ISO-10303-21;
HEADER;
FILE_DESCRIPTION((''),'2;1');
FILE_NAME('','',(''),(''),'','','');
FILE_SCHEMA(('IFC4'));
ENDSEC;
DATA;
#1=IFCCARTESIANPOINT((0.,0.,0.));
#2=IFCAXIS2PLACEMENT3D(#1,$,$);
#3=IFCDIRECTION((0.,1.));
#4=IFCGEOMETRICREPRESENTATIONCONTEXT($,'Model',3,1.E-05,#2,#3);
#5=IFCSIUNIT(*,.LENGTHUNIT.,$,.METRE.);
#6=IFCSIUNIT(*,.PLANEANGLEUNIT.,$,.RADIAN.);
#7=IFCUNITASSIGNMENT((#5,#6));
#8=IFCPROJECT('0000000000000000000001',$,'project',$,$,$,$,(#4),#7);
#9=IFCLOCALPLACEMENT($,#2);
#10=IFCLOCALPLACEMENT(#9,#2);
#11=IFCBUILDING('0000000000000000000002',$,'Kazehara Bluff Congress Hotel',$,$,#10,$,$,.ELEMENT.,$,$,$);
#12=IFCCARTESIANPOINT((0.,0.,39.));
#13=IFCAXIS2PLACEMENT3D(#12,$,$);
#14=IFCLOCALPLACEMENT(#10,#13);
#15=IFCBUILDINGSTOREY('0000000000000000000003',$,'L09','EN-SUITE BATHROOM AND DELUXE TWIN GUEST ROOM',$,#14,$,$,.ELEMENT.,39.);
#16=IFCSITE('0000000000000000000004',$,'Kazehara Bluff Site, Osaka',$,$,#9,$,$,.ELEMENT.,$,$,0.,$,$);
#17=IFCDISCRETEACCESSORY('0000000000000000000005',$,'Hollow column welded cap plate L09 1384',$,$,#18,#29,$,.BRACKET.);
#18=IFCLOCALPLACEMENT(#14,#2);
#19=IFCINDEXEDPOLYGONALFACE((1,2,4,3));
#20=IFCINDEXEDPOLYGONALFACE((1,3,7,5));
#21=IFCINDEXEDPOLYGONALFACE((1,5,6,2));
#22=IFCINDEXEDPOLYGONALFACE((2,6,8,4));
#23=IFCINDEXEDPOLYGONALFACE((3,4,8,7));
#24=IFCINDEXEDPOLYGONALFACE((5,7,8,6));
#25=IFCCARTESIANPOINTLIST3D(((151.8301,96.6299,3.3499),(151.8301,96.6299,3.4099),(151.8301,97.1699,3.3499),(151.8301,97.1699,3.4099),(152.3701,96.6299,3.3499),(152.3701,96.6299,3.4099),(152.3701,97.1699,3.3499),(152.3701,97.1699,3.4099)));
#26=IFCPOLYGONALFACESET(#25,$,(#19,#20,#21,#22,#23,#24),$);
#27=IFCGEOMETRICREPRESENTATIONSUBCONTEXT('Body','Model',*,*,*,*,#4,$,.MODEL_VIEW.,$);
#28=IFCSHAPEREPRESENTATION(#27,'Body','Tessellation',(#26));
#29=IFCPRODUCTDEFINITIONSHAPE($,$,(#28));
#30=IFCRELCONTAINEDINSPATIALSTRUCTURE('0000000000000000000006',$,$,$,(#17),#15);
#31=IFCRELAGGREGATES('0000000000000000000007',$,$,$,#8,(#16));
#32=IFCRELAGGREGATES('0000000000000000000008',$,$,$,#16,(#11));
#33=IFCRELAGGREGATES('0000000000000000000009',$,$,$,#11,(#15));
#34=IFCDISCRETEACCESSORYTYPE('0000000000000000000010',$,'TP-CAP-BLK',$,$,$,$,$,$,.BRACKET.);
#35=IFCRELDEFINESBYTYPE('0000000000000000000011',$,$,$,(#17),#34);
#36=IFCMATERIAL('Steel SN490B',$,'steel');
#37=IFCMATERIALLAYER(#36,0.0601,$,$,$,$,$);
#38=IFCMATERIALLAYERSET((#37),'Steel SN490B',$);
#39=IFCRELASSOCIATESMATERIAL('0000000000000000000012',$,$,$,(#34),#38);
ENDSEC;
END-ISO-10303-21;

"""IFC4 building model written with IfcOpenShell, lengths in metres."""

from ifc_helpers import new_model, si_unit, direction, frame, origin, origin_2d, place, context, subcontext, project, spatial, rectangle, extrude, material, layer, layer_set, type_object, element, save


model = new_model("IFC4")

# Units and contexts
model_context = context("Model", 3, precision=1e-05, world=origin(), true_north=direction((0.0, 1.0)))
body_context = subcontext(model_context, "Body", "Model", "MODEL_VIEW")
ifc_project = project(units=[si_unit("LENGTHUNIT", "METRE"), si_unit("PLANEANGLEUNIT", "RADIAN")], contexts=[model_context])

# Site, building, storey
site_placement = place(None, origin())
site = spatial("IfcSite", under=ifc_project, at=site_placement, Name="Kazehara Bluff Site, Osaka", CompositionType="ELEMENT", RefElevation=0.0)
building_placement = place(site_placement, origin())
building = spatial("IfcBuilding", under=site, at=building_placement, Name="Kazehara Bluff Congress Hotel", CompositionType="ELEMENT")
storey_placement = place(building_placement, frame((0.0, 0.0, 39.0)))
storey = spatial("IfcBuildingStorey", under=building, at=storey_placement, Name="L09", Description="EN-SUITE BATHROOM AND DELUXE TWIN GUEST ROOM", CompositionType="ELEMENT", Elevation=39.0)

# Discrete accessory
ifc_material_1 = material(Name="Steel SN490B", Category="steel")
ifc_layer_1 = layer(ifc_material_1, 0.0601)
ifc_layer_set_1 = layer_set([ifc_layer_1], Name="Steel SN490B")
discrete_accessory_type = type_object("IfcDiscreteAccessoryType", Name="TP-CAP-BLK", PredefinedType="BRACKET", material=ifc_layer_set_1)
discrete_accessory_placement = place(storey_placement, frame((152.1001, 96.8999, 3.3499), z_axis=(0.0, 0.0, 1.0), x_axis=(1.0, 0.0, 0.0)))
element("IfcDiscreteAccessory", 1, at=discrete_accessory_placement, inside=storey, type_object=discrete_accessory_type, Name="Hollow column welded cap plate L09 1384", PredefinedType="BRACKET", context=body_context, shape_type="SweptSolid", body=[
    extrude(rectangle(XDim=0.54, YDim=0.54, at=origin_2d()), origin(), (0.0, 0.0, 1.0), 0.0601),
])

save(model, "model.ifc")
